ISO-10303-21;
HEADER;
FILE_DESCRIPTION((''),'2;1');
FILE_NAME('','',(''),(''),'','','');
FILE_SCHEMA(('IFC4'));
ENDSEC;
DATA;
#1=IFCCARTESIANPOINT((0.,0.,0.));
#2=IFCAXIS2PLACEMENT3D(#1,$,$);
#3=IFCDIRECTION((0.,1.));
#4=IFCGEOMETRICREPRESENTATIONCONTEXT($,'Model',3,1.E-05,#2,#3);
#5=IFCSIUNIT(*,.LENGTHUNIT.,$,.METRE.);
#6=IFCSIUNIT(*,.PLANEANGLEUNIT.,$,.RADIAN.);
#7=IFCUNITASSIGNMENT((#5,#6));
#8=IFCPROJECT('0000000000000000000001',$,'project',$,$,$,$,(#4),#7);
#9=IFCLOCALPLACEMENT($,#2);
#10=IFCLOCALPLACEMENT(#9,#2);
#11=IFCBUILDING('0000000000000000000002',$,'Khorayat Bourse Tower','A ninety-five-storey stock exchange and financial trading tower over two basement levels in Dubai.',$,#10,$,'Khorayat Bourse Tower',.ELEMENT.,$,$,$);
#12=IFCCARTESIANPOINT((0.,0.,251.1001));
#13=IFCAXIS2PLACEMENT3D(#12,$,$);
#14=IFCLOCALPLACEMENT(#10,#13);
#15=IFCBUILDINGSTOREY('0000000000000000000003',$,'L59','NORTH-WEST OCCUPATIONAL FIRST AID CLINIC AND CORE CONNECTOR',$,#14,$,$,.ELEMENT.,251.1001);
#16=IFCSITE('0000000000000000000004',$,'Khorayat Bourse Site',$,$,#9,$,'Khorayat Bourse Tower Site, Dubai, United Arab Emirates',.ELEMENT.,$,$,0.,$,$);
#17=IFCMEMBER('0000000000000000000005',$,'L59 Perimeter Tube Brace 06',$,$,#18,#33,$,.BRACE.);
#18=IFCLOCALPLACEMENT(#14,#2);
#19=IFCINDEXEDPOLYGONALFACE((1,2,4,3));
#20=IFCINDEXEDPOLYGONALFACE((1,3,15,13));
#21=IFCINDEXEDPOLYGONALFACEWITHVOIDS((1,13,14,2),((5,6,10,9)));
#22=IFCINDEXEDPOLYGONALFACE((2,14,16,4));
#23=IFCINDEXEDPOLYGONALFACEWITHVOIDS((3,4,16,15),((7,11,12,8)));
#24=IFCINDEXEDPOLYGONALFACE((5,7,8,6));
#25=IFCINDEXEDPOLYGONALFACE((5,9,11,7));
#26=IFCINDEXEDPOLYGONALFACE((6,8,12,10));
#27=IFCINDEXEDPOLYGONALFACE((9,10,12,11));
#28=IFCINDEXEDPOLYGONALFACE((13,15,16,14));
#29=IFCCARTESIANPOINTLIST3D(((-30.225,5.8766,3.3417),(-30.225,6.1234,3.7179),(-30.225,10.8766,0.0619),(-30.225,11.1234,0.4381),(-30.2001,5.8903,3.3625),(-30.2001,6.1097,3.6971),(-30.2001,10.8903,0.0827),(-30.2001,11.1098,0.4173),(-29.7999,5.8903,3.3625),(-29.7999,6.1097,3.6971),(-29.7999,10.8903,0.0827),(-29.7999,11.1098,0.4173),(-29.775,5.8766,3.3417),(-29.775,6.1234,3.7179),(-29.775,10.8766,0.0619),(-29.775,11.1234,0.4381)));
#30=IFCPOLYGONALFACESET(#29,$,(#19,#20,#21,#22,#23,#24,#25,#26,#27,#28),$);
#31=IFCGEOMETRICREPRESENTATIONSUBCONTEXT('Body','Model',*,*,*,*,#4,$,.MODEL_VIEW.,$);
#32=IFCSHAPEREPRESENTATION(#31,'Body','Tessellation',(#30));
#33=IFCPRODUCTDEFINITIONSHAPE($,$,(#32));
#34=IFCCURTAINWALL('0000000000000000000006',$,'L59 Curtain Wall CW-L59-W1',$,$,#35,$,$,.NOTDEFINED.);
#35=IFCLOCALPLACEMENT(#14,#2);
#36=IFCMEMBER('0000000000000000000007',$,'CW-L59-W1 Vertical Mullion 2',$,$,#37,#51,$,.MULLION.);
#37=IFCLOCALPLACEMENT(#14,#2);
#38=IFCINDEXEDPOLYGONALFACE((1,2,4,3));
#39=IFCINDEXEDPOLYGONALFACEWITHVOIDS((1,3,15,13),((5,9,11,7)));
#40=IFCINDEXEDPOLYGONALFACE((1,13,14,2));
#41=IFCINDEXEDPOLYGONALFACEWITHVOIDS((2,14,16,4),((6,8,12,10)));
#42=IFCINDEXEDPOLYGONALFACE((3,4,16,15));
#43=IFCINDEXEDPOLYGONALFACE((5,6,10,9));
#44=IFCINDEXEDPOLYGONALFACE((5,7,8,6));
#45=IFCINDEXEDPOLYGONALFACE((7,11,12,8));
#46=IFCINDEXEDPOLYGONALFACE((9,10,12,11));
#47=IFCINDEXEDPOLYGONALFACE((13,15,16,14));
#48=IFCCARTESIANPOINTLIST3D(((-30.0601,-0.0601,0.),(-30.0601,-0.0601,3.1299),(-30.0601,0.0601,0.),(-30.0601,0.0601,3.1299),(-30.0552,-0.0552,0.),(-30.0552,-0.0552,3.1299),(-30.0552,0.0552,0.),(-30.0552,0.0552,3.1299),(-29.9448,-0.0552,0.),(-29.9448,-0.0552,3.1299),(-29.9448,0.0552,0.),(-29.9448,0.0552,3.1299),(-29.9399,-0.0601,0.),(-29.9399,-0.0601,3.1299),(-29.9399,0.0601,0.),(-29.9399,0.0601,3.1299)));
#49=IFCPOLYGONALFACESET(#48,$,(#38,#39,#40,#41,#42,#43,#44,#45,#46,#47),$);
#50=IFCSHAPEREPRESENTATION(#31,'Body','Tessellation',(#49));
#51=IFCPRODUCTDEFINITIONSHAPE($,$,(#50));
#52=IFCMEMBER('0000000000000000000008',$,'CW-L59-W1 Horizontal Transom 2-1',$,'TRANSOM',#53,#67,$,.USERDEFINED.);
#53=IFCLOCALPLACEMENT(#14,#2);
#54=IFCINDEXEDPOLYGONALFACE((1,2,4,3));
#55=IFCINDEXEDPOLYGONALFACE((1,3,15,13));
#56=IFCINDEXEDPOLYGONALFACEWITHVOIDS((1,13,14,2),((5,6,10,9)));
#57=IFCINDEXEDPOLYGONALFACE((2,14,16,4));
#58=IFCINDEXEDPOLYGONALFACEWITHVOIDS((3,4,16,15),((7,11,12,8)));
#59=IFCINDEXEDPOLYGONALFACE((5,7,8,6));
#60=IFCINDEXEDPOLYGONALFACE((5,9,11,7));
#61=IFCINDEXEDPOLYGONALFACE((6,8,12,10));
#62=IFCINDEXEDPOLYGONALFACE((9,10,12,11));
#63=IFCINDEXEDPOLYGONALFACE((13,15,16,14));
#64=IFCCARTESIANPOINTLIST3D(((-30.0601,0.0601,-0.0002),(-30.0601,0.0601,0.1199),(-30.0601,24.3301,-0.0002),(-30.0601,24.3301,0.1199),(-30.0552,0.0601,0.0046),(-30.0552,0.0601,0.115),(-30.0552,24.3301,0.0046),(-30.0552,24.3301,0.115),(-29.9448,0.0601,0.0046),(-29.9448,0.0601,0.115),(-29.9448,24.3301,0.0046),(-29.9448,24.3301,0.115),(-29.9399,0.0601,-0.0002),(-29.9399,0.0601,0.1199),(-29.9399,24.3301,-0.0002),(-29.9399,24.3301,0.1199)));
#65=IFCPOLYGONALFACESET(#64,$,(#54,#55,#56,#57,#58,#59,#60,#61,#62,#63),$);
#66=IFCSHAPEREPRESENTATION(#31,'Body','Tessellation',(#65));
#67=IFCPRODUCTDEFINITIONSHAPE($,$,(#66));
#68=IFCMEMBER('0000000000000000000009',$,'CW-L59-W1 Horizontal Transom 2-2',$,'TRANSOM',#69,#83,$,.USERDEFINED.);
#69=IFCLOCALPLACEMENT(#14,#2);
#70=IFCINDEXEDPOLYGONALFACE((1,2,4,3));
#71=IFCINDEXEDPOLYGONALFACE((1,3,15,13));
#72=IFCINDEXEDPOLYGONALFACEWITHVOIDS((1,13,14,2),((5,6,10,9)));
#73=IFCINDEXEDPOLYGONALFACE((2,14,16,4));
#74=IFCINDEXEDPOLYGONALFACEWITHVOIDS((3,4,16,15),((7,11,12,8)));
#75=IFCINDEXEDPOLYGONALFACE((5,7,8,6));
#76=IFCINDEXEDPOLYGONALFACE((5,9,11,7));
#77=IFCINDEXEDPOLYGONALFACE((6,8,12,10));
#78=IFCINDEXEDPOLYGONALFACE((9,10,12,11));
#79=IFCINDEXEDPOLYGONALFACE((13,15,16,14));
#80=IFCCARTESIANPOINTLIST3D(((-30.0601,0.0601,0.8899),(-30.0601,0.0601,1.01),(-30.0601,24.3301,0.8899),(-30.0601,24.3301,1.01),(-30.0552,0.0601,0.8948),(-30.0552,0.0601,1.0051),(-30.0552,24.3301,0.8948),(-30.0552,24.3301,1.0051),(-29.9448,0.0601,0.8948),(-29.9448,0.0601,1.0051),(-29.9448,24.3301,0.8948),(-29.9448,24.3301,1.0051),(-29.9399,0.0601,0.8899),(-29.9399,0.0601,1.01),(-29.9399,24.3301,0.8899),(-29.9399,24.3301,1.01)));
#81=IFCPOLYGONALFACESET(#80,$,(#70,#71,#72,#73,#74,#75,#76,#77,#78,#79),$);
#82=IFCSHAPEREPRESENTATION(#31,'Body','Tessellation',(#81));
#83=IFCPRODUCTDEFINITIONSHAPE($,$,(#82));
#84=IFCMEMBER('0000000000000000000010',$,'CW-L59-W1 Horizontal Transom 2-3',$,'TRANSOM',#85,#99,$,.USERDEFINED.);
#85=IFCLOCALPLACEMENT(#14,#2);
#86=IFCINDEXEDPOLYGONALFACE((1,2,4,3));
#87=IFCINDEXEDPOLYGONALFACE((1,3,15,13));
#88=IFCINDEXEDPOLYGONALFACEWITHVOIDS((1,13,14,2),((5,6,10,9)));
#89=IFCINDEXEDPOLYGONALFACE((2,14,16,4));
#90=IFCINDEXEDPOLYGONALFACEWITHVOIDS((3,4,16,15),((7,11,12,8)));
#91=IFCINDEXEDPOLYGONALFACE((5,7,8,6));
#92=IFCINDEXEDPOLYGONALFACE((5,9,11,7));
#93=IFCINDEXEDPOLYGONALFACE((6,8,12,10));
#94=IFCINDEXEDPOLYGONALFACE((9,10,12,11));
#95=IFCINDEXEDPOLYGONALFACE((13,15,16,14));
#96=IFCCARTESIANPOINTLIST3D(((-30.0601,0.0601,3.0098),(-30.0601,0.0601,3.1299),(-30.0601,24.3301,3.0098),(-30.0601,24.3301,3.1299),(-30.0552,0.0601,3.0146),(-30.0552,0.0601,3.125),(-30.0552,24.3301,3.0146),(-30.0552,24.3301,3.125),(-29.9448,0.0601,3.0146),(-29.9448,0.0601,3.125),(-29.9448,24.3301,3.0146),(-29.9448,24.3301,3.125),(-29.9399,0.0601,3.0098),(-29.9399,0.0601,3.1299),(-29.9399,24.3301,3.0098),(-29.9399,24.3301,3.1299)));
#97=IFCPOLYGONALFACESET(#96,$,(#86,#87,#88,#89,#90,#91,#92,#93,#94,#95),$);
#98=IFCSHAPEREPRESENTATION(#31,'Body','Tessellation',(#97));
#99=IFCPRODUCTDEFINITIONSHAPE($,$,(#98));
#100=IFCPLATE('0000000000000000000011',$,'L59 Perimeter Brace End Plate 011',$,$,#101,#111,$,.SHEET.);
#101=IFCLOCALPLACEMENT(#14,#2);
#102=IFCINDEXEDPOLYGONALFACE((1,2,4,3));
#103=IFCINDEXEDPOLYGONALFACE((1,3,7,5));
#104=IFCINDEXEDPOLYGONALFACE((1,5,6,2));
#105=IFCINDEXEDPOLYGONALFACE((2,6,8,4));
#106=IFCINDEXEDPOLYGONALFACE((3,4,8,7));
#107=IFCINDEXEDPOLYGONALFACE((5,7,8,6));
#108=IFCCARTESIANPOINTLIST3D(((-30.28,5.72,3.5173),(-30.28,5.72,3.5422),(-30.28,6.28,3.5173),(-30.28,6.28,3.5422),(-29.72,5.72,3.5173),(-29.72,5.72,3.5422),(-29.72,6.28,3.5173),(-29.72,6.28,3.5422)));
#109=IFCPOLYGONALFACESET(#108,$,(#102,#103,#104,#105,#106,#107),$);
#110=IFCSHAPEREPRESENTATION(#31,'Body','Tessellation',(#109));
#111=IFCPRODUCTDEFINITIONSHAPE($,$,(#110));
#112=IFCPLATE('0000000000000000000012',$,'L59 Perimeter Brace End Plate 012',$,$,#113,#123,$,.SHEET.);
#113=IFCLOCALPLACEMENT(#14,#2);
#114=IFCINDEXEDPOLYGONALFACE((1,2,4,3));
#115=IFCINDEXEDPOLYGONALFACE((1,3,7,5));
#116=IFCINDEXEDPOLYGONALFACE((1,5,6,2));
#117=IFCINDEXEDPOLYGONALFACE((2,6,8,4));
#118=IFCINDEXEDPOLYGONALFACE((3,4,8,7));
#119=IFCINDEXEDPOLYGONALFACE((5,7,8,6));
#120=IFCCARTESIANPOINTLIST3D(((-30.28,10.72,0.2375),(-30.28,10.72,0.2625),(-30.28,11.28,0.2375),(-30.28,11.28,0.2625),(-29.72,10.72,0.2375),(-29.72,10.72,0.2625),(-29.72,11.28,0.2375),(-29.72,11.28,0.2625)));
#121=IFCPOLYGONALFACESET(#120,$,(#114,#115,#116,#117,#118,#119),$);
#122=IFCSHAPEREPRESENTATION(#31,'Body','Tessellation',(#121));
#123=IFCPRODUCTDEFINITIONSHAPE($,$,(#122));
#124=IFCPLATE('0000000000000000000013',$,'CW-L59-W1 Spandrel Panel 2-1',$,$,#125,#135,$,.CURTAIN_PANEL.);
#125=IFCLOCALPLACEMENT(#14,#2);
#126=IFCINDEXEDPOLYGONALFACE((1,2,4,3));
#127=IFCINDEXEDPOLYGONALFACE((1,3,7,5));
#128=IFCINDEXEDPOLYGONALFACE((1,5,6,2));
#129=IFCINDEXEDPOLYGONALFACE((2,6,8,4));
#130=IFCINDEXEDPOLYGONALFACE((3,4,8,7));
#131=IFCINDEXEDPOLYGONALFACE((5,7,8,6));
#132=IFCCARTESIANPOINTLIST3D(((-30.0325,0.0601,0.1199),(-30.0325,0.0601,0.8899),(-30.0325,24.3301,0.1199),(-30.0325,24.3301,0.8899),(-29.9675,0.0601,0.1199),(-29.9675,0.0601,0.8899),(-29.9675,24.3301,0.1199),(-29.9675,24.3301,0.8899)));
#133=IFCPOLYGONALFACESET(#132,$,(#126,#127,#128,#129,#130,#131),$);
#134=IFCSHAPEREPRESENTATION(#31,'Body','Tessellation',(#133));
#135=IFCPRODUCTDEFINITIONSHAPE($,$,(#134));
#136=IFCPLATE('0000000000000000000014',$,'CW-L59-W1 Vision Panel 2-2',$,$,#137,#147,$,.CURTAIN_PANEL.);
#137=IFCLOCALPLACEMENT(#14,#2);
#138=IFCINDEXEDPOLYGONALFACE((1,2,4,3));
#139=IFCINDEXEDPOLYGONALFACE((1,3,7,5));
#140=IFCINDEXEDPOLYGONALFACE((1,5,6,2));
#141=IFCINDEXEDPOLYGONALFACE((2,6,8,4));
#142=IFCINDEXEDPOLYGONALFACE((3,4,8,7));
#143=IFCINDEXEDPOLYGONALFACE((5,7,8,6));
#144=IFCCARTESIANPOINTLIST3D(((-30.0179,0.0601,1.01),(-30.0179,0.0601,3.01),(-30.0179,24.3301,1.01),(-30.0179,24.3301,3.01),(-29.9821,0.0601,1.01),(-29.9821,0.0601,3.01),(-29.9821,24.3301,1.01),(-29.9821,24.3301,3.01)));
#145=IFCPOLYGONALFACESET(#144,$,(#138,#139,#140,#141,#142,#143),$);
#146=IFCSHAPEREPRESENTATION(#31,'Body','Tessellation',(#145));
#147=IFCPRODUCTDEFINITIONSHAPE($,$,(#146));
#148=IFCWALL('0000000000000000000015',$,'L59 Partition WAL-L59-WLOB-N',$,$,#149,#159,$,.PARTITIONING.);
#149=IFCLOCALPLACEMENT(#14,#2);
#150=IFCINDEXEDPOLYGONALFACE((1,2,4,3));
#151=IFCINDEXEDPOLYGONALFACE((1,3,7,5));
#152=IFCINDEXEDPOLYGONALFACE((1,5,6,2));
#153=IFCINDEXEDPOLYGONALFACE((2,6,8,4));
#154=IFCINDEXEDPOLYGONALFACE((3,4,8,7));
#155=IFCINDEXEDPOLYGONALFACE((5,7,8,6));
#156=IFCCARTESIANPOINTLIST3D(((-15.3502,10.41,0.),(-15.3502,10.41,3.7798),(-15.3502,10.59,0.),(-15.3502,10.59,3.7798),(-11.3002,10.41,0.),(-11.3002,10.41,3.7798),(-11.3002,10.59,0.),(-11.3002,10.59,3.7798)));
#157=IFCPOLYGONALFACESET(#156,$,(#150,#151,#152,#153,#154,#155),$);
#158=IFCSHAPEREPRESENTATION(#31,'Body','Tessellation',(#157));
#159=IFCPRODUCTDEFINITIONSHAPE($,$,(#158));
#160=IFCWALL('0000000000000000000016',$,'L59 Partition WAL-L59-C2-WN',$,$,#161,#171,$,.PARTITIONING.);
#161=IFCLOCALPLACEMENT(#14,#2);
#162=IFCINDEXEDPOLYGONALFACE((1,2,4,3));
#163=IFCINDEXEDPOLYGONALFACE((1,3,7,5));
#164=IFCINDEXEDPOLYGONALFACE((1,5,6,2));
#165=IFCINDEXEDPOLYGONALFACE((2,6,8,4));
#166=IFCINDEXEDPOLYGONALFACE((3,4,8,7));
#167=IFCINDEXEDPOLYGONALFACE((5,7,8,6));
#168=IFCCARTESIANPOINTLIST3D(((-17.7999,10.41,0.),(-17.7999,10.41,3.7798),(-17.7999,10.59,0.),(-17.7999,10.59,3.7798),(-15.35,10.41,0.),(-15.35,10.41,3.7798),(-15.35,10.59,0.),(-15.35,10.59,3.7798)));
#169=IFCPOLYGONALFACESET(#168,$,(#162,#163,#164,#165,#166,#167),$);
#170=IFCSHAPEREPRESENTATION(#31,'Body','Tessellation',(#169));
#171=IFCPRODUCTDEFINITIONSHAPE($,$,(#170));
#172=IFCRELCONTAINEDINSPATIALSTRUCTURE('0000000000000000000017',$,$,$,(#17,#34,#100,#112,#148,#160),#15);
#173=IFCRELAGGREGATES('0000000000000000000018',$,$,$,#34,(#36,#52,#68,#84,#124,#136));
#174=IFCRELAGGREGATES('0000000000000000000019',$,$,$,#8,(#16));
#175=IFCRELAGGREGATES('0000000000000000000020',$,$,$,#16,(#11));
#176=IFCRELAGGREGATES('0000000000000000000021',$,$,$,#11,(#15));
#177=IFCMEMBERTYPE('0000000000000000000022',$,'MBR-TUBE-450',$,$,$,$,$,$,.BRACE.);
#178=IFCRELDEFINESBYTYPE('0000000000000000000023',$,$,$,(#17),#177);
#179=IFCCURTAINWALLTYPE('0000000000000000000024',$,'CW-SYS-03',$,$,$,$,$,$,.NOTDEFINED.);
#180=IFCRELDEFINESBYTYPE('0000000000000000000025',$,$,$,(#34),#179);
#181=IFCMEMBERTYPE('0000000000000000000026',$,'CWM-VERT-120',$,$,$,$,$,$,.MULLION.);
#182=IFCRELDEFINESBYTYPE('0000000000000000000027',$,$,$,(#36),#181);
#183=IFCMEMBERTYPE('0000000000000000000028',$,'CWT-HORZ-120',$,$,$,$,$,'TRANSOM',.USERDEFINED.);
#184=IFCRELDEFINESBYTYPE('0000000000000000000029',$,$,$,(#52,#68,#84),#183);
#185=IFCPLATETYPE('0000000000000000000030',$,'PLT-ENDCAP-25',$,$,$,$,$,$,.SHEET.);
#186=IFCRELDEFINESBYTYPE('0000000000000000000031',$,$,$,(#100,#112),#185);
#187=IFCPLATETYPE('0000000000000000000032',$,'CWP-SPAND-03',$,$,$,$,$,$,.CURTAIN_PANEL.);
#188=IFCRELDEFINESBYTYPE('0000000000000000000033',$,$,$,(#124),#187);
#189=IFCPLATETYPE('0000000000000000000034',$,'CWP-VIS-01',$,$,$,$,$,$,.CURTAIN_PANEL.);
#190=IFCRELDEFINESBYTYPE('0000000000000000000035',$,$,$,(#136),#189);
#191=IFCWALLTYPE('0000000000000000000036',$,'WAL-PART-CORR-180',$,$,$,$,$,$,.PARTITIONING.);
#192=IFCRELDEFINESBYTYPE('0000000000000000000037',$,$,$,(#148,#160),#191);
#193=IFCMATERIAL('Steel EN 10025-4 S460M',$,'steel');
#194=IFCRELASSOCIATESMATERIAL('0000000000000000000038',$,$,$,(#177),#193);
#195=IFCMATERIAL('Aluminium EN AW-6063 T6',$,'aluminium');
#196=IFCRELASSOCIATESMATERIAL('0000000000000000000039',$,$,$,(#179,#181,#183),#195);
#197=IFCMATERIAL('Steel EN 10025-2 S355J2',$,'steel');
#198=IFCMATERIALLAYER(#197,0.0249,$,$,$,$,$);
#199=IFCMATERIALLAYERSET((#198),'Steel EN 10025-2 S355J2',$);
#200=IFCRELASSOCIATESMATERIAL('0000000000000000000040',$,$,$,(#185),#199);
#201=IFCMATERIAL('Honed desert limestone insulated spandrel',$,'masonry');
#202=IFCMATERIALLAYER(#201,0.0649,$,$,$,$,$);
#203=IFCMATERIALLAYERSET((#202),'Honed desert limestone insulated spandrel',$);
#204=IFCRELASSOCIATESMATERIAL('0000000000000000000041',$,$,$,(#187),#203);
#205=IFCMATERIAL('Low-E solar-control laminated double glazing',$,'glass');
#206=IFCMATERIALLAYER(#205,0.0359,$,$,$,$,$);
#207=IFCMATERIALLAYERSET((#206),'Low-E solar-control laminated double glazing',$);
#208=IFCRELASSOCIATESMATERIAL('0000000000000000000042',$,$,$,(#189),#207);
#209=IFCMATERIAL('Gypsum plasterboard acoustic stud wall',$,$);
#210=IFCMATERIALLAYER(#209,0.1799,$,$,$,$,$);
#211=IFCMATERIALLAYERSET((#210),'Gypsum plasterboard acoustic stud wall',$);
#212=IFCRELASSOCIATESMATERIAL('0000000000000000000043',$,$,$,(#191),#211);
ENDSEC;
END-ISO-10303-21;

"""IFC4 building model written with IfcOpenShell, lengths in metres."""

from ifc_helpers import new_model, si_unit, direction, frame, frame_2d, origin, origin_2d, place, context, subcontext, project, spatial, rectangle, hollow_rectangle, extrude, source, transform, mapped, material, layer, layer_set, material_profile, profile_set, type_object, element, aggregate, save


model = new_model("IFC4")

# Units and contexts
model_context = context("Model", 3, precision=1e-05, world=origin(), true_north=direction((0.0, 1.0)))
body_context = subcontext(model_context, "Body", "Model", "MODEL_VIEW")
ifc_project = project(units=[si_unit("LENGTHUNIT", "METRE"), si_unit("PLANEANGLEUNIT", "RADIAN")], contexts=[model_context])

# Site, building, storey
site_placement = place(None, origin())
site = spatial("IfcSite", under=ifc_project, at=site_placement, Name="Khorayat Bourse Site", LongName="Khorayat Bourse Tower Site, Dubai, United Arab Emirates", CompositionType="ELEMENT", RefElevation=0.0)
building_placement = place(site_placement, origin())
building = spatial("IfcBuilding", under=site, at=building_placement, Name="Khorayat Bourse Tower", Description="A ninety-five-storey stock exchange and financial trading tower over two basement levels in Dubai.", LongName="Khorayat Bourse Tower", CompositionType="ELEMENT")
storey_placement = place(building_placement, frame((0.0, 0.0, 251.1001)))
storey = spatial("IfcBuildingStorey", under=building, at=storey_placement, Name="L59", Description="NORTH-WEST OCCUPATIONAL FIRST AID CLINIC AND CORE CONNECTOR", CompositionType="ELEMENT", Elevation=251.1001)

# Shared definitions
ifc_material_1 = material(Name="Steel EN 10025-4 S460M", Category="steel")

# Member
ifc_material_profile_1 = material_profile(ifc_material_1, hollow_rectangle(XDim=0.45, YDim=0.45, WallThickness=0.0249, at=origin_2d()), Name="HSS 450x450x25")
ifc_profile_set_1 = profile_set([ifc_material_profile_1], Name="Steel EN 10025-4 S460M")
member_type_1 = type_object("IfcMemberType", Name="MBR-TUBE-450", PredefinedType="BRACE", material=ifc_profile_set_1)
shared_shape_1 = source(origin(), body_context, "Body", "SweptSolid", [
    extrude(hollow_rectangle(XDim=0.45, YDim=0.45, WallThickness=0.0249, at=origin_2d()), origin(), (0.0, 0.0, 1.0), 5.9797),
])
member_1_placement = place(storey_placement, frame((-30.0, 6.0, 3.5298), z_axis=(0.0, 0.83616, -0.548485), x_axis=(-1.0, 0.0, 0.0)))
element("IfcMember", 1, at=member_1_placement, inside=storey, type_object=member_type_1, Name="L59 Perimeter Tube Brace 06", PredefinedType="BRACE", context=body_context, shape_type="MappedRepresentation", body=[
    mapped(shared_shape_1, transform((0.0, 0.0, 0.0), scale=1.0)),
])

# Curtain wall, members
ifc_material_2 = material(Name="Aluminium EN AW-6063 T6", Category="aluminium")
curtain_wall_type = type_object("IfcCurtainWallType", Name="CW-SYS-03", PredefinedType="NOTDEFINED", material=ifc_material_2)
curtain_wall_placement = place(storey_placement, origin())
curtain_wall = element("IfcCurtainWall", 2, at=curtain_wall_placement, inside=storey, type_object=curtain_wall_type, Name="L59 Curtain Wall CW-L59-W1", PredefinedType="NOTDEFINED")
ifc_material_profile_2 = material_profile(ifc_material_2, hollow_rectangle(XDim=0.1201, YDim=0.1201, WallThickness=0.0049, at=origin_2d()), Name="ALU 120x120x5")
ifc_profile_set_2 = profile_set([ifc_material_profile_2], Name="Aluminium EN AW-6063 T6")
member_type_2 = type_object("IfcMemberType", Name="CWM-VERT-120", PredefinedType="MULLION", material=ifc_profile_set_2)
shared_shape_2 = source(origin(), body_context, "Body", "SweptSolid", [
    extrude(hollow_rectangle(XDim=0.1201, YDim=0.1201, WallThickness=0.0049, at=origin_2d()), origin(), (0.0, 0.0, 1.0), 3.1299),
])
member_2_placement = place(storey_placement, frame((-30.0, 0.0, 0.0), z_axis=(0.0, 0.0, 1.0), x_axis=(-1.0, 0.0, 0.0)))
member_2 = element("IfcMember", 3, at=member_2_placement, type_object=member_type_2, Name="CW-L59-W1 Vertical Mullion 2", PredefinedType="MULLION", context=body_context, shape_type="MappedRepresentation", body=[
    mapped(shared_shape_2, transform((0.0, 0.0, 0.0), scale=1.0)),
])
ifc_material_profile_3 = material_profile(ifc_material_2, hollow_rectangle(XDim=0.1201, YDim=0.1201, WallThickness=0.0049, at=origin_2d()), Name="ALU 120x120x5")
ifc_profile_set_3 = profile_set([ifc_material_profile_3], Name="Aluminium EN AW-6063 T6")
member_type_3 = type_object("IfcMemberType", Name="CWT-HORZ-120", ElementType="TRANSOM", PredefinedType="USERDEFINED", material=ifc_profile_set_3)
shared_shape_3 = source(origin(), body_context, "Body", "SweptSolid", [
    extrude(hollow_rectangle(XDim=0.1201, YDim=0.1201, WallThickness=0.0049, at=origin_2d()), origin(), (0.0, 0.0, 1.0), 24.27),
])
member_3_placement = place(storey_placement, frame((-30.0, 0.0601, 0.0598), z_axis=(0.0, 1.0, 0.0), x_axis=(-1.0, 0.0, 0.0)))
member_3 = element("IfcMember", 4, at=member_3_placement, type_object=member_type_3, Name="CW-L59-W1 Horizontal Transom 2-1", ObjectType="TRANSOM", PredefinedType="USERDEFINED", context=body_context, shape_type="MappedRepresentation", body=[
    mapped(shared_shape_3, transform((0.0, 0.0, 0.0), scale=1.0)),
])
member_4_placement = place(storey_placement, frame((-30.0, 0.0601, 0.95), z_axis=(0.0, 1.0, 0.0), x_axis=(-1.0, 0.0, 0.0)))
member_4 = element("IfcMember", 5, at=member_4_placement, type_object=member_type_3, Name="CW-L59-W1 Horizontal Transom 2-2", ObjectType="TRANSOM", PredefinedType="USERDEFINED", context=body_context, shape_type="MappedRepresentation", body=[
    mapped(shared_shape_3, transform((0.0, 0.0, 0.0), scale=1.0)),
])
member_5_placement = place(storey_placement, frame((-30.0, 0.0601, 3.0698), z_axis=(0.0, 1.0, 0.0), x_axis=(-1.0, 0.0, 0.0)))
member_5 = element("IfcMember", 6, at=member_5_placement, type_object=member_type_3, Name="CW-L59-W1 Horizontal Transom 2-3", ObjectType="TRANSOM", PredefinedType="USERDEFINED", context=body_context, shape_type="MappedRepresentation", body=[
    mapped(shared_shape_3, transform((0.0, 0.0, 0.0), scale=1.0)),
])

# Plates
ifc_material_3 = material(Name="Steel EN 10025-2 S355J2", Category="steel")
ifc_layer_1 = layer(ifc_material_3, 0.0249)
ifc_layer_set_1 = layer_set([ifc_layer_1], Name="Steel EN 10025-2 S355J2")
plate_type_1 = type_object("IfcPlateType", Name="PLT-ENDCAP-25", PredefinedType="SHEET", material=ifc_layer_set_1)
shared_shape_4 = source(origin(), body_context, "Body", "SweptSolid", [
    extrude(rectangle(XDim=0.5601, YDim=0.5601, at=origin_2d()), origin(), (0.0, 0.0, 1.0), 0.0249),
])
for number, where, z_axis, x_axis, name in (
    (7, (-30.0, 6.0, 3.5173), (0.0, 0.0, 1.0), (1.0, 0.0, 0.0), "L59 Perimeter Brace End Plate 011"),
    (8, (-30.0, 11.0, 0.2375), (0.0, 0.0, 1.0), (1.0, 0.0, 0.0), "L59 Perimeter Brace End Plate 012"),
):
    element("IfcPlate", number, at=place(storey_placement, frame(where, z_axis=z_axis, x_axis=x_axis)), inside=storey, type_object=plate_type_1, Name=name, PredefinedType="SHEET", context=body_context, shape_type="MappedRepresentation", body=[
        mapped(shared_shape_4, transform((0.0, 0.0, 0.0), scale=1.0)),
    ])

# Plates
ifc_material_4 = material(Name="Honed desert limestone insulated spandrel", Category="masonry")
ifc_layer_2 = layer(ifc_material_4, 0.0649)
ifc_layer_set_2 = layer_set([ifc_layer_2], Name="Honed desert limestone insulated spandrel")
plate_type_2 = type_object("IfcPlateType", Name="CWP-SPAND-03", PredefinedType="CURTAIN_PANEL", material=ifc_layer_set_2)
shared_shape_5 = source(origin(), body_context, "Body", "SweptSolid", [
    extrude(rectangle(XDim=24.27, YDim=0.0649, at=origin_2d()), origin(), (0.0, 0.0, 1.0), 0.77),
])
plate_1_placement = place(storey_placement, frame((-30.0, 12.1951, 0.1199), z_axis=(0.0, 0.0, 1.0), x_axis=(0.0, 1.0, 0.0)))
plate_1 = element("IfcPlate", 9, at=plate_1_placement, type_object=plate_type_2, Name="CW-L59-W1 Spandrel Panel 2-1", PredefinedType="CURTAIN_PANEL", context=body_context, shape_type="MappedRepresentation", body=[
    mapped(shared_shape_5, transform((0.0, 0.0, 0.0), scale=1.0)),
])
ifc_material_5 = material(Name="Low-E solar-control laminated double glazing", Category="glass")
ifc_layer_3 = layer(ifc_material_5, 0.0359)
ifc_layer_set_3 = layer_set([ifc_layer_3], Name="Low-E solar-control laminated double glazing")
plate_type_3 = type_object("IfcPlateType", Name="CWP-VIS-01", PredefinedType="CURTAIN_PANEL", material=ifc_layer_set_3)
shared_shape_6 = source(origin(), body_context, "Body", "SweptSolid", [
    extrude(rectangle(XDim=24.27, YDim=0.0359, at=origin_2d()), origin(), (0.0, 0.0, 1.0), 2.0),
])
plate_2_placement = place(storey_placement, frame((-30.0, 12.1951, 1.01), z_axis=(0.0, 0.0, 1.0), x_axis=(0.0, 1.0, 0.0)))
plate_2 = element("IfcPlate", 10, at=plate_2_placement, type_object=plate_type_3, Name="CW-L59-W1 Vision Panel 2-2", PredefinedType="CURTAIN_PANEL", context=body_context, shape_type="MappedRepresentation", body=[
    mapped(shared_shape_6, transform((0.0, 0.0, 0.0), scale=1.0)),
])
aggregate(curtain_wall, [member_2, member_3, member_4, member_5, plate_1, plate_2])

# Walls
ifc_material_6 = material(Name="Gypsum plasterboard acoustic stud wall")
ifc_layer_4 = layer(ifc_material_6, 0.1799)
ifc_layer_set_4 = layer_set([ifc_layer_4], Name="Gypsum plasterboard acoustic stud wall")
wall_type_1 = type_object("IfcWallType", Name="WAL-PART-CORR-180", PredefinedType="PARTITIONING", material=ifc_layer_set_4)
shared_shape_7 = source(origin(), body_context, "Body", "SweptSolid", [
    extrude(rectangle(XDim=4.05, YDim=0.1799, at=frame_2d((2.0249, 0.0))), origin(), (0.0, 0.0, 1.0), 3.7798),
])
wall_1_placement = place(storey_placement, frame((-15.3501, 10.5, 0.0), z_axis=(0.0, 0.0, 1.0), x_axis=(1.0, 0.0, 0.0)))
element("IfcWall", 11, at=wall_1_placement, inside=storey, type_object=wall_type_1, Name="L59 Partition WAL-L59-WLOB-N", PredefinedType="PARTITIONING", context=body_context, shape_type="MappedRepresentation", body=[
    mapped(shared_shape_7, transform((0.0, 0.0, 0.0), scale=1.0)),
])
shared_shape_8 = source(origin(), body_context, "Body", "SweptSolid", [
    extrude(rectangle(XDim=2.45, YDim=0.1799, at=frame_2d((1.2251, 0.0))), origin(), (0.0, 0.0, 1.0), 3.7798),
])
wall_2_placement = place(storey_placement, frame((-17.8, 10.5, 0.0), z_axis=(0.0, 0.0, 1.0), x_axis=(1.0, 0.0, 0.0)))
element("IfcWall", 12, at=wall_2_placement, inside=storey, type_object=wall_type_1, Name="L59 Partition WAL-L59-C2-WN", PredefinedType="PARTITIONING", context=body_context, shape_type="MappedRepresentation", body=[
    mapped(shared_shape_8, transform((0.0, 0.0, 0.0), scale=1.0)),
])

save(model, "model.ifc")
